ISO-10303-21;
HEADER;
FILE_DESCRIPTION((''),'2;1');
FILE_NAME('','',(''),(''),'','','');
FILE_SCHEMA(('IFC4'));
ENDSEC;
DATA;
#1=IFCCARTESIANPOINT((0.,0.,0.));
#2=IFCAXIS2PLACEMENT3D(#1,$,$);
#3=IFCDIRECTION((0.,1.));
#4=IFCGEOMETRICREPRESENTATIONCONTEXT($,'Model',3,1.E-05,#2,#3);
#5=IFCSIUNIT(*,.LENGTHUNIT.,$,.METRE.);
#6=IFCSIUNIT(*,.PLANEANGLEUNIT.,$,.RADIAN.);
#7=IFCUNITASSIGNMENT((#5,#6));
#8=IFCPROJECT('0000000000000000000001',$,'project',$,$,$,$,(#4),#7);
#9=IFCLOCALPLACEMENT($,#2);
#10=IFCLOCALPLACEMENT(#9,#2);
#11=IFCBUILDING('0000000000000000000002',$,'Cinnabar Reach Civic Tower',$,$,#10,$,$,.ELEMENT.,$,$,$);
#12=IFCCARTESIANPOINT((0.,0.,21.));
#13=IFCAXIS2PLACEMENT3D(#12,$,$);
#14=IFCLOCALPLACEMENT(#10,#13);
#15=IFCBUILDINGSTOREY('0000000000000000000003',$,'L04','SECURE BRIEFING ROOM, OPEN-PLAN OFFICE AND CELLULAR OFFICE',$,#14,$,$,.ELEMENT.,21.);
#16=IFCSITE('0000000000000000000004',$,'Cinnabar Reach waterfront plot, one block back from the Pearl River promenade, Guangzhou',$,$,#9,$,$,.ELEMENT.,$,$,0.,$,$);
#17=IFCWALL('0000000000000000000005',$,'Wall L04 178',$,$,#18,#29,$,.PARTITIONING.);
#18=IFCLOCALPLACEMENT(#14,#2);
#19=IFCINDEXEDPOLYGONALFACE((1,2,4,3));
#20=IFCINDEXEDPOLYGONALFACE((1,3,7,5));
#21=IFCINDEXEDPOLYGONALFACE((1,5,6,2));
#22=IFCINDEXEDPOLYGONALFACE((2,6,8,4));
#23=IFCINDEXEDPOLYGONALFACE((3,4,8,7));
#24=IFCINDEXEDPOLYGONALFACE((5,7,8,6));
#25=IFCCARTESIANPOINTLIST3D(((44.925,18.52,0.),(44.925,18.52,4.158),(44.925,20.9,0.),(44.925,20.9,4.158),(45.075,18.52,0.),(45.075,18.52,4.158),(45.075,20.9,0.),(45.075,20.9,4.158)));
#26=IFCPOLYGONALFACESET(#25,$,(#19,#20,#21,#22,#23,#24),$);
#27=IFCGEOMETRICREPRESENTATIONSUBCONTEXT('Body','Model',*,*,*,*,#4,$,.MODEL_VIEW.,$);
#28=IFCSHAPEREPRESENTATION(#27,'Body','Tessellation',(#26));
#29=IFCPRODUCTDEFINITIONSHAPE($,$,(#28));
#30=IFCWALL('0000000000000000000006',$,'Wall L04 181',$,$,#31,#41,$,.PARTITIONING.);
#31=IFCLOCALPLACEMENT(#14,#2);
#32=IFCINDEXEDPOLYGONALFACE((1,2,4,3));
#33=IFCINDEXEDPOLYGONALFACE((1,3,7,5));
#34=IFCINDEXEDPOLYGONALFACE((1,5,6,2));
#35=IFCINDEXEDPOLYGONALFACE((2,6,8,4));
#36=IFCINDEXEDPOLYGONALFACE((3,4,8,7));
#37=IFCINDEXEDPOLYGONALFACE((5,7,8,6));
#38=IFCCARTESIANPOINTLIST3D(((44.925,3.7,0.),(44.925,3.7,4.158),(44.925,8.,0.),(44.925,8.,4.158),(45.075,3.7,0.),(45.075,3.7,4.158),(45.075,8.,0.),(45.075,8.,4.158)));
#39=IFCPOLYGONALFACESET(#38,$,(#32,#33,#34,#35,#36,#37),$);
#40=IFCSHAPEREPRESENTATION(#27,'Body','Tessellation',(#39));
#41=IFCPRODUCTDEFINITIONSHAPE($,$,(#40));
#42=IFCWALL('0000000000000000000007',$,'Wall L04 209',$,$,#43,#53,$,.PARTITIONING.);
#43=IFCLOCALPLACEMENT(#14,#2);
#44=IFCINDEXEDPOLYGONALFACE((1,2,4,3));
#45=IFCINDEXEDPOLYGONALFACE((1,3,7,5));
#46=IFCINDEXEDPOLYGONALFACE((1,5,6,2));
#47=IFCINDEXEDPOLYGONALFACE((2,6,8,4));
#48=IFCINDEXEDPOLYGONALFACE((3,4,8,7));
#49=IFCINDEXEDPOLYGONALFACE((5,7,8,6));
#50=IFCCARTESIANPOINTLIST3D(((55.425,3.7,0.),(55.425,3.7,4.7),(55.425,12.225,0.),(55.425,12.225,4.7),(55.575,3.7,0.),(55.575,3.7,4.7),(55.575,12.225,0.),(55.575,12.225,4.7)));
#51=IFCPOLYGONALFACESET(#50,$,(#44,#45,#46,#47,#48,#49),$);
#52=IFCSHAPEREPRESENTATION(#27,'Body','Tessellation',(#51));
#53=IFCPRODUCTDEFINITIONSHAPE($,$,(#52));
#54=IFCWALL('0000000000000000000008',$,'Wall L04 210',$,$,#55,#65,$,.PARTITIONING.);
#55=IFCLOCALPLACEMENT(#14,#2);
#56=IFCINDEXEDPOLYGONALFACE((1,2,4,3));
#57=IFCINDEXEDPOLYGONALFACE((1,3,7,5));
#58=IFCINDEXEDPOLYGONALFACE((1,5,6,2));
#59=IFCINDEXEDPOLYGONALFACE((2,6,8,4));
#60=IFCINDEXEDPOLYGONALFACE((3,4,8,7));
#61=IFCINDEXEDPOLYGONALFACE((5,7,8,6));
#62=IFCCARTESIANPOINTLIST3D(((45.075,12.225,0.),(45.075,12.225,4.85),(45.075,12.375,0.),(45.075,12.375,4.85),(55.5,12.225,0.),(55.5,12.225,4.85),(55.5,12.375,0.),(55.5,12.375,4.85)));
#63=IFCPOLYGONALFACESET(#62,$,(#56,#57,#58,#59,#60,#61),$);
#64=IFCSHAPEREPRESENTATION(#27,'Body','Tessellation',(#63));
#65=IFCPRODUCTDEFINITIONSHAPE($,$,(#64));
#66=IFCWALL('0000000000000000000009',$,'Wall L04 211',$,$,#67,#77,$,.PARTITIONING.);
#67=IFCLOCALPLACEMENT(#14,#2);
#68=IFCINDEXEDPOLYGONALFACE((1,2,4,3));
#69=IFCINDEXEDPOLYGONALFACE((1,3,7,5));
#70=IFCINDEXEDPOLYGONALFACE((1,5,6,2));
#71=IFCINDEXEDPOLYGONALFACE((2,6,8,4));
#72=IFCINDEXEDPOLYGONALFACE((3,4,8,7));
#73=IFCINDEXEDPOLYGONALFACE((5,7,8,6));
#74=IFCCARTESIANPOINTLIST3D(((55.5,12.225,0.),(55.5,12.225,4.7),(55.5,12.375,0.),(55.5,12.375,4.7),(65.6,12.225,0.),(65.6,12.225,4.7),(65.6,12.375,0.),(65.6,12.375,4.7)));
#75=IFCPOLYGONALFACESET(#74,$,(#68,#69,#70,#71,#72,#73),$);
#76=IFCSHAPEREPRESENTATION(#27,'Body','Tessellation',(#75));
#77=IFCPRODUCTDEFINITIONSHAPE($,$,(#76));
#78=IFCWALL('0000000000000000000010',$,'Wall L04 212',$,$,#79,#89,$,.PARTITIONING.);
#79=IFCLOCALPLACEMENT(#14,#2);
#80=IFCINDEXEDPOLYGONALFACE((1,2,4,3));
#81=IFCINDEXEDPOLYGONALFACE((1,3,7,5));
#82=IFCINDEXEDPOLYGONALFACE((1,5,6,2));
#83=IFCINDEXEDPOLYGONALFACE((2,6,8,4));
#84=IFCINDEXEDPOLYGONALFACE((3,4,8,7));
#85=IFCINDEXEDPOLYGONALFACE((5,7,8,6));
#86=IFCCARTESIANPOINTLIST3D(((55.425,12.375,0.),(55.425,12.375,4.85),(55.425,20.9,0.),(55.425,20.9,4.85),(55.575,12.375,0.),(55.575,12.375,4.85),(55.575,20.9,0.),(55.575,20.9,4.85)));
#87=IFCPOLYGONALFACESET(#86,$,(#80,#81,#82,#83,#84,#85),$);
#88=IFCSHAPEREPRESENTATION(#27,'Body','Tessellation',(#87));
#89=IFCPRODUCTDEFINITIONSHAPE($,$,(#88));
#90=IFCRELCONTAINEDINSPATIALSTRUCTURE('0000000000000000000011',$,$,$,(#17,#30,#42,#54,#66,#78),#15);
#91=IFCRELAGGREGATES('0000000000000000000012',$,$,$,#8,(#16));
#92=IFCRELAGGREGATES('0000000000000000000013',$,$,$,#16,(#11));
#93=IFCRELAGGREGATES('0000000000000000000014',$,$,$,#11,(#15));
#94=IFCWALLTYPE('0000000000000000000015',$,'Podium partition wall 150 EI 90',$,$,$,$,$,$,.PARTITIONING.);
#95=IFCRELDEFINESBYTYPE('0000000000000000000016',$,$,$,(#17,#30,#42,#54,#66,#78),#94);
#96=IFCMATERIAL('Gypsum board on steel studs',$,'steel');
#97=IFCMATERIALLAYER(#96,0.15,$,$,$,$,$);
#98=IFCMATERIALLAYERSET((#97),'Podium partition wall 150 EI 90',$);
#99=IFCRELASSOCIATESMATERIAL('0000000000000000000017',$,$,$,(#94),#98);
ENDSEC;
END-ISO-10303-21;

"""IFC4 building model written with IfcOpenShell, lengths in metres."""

from ifc_helpers import new_model, si_unit, direction, frame, frame_2d, origin, place, context, subcontext, project, spatial, rectangle, extrude, material, layer, layer_set, type_object, element, save


model = new_model("IFC4")

# Units and contexts
model_context = context("Model", 3, precision=1e-05, world=origin(), true_north=direction((0.0, 1.0)))
body_context = subcontext(model_context, "Body", "Model", "MODEL_VIEW")
ifc_project = project(units=[si_unit("LENGTHUNIT", "METRE"), si_unit("PLANEANGLEUNIT", "RADIAN")], contexts=[model_context])

# Site, building, storey
site_placement = place(None, origin())
site = spatial("IfcSite", under=ifc_project, at=site_placement, Name="Cinnabar Reach waterfront plot, one block back from the Pearl River promenade, Guangzhou", CompositionType="ELEMENT", RefElevation=0.0)
building_placement = place(site_placement, origin())
building = spatial("IfcBuilding", under=site, at=building_placement, Name="Cinnabar Reach Civic Tower", CompositionType="ELEMENT")
storey_placement = place(building_placement, frame((0.0, 0.0, 21.0)))
storey = spatial("IfcBuildingStorey", under=building, at=storey_placement, Name="L04", Description="SECURE BRIEFING ROOM, OPEN-PLAN OFFICE AND CELLULAR OFFICE", CompositionType="ELEMENT", Elevation=21.0)

# Walls
ifc_material_1 = material(Name="Gypsum board on steel studs", Category="steel")
ifc_layer_1 = layer(ifc_material_1, 0.15)
ifc_layer_set_1 = layer_set([ifc_layer_1], Name="Podium partition wall 150 EI 90")
wall_type_1 = type_object("IfcWallType", Name="Podium partition wall 150 EI 90", PredefinedType="PARTITIONING", material=ifc_layer_set_1)
wall_1_placement = place(storey_placement, frame((45.0, 18.52, 0.0), z_axis=(0.0, 0.0, 1.0), x_axis=(0.0, 1.0, 0.0)))
element("IfcWall", 1, at=wall_1_placement, inside=storey, type_object=wall_type_1, Name="Wall L04 178", PredefinedType="PARTITIONING", context=body_context, shape_type="SweptSolid", body=[
    extrude(rectangle(XDim=2.38, YDim=0.15, at=frame_2d((1.19, 0.0))), origin(), (0.0, 0.0, 1.0), 4.158),
])
wall_2_placement = place(storey_placement, frame((45.0, 3.7, 0.0), z_axis=(0.0, 0.0, 1.0), x_axis=(0.0, 1.0, 0.0)))
element("IfcWall", 2, at=wall_2_placement, inside=storey, type_object=wall_type_1, Name="Wall L04 181", PredefinedType="PARTITIONING", context=body_context, shape_type="SweptSolid", body=[
    extrude(rectangle(XDim=4.3, YDim=0.15, at=frame_2d((2.15, 0.0))), origin(), (0.0, 0.0, 1.0), 4.158),
])
wall_3_placement = place(storey_placement, frame((55.5, 3.7, 0.0), z_axis=(0.0, 0.0, 1.0), x_axis=(0.0, 1.0, 0.0)))
element("IfcWall", 3, at=wall_3_placement, inside=storey, type_object=wall_type_1, Name="Wall L04 209", PredefinedType="PARTITIONING", context=body_context, shape_type="SweptSolid", body=[
    extrude(rectangle(XDim=8.525, YDim=0.15, at=frame_2d((4.2625, 0.0))), origin(), (0.0, 0.0, 1.0), 4.7),
])
wall_4_placement = place(storey_placement, frame((45.075, 12.3, 0.0), z_axis=(0.0, 0.0, 1.0), x_axis=(1.0, 0.0, 0.0)))
element("IfcWall", 4, at=wall_4_placement, inside=storey, type_object=wall_type_1, Name="Wall L04 210", PredefinedType="PARTITIONING", context=body_context, shape_type="SweptSolid", body=[
    extrude(rectangle(XDim=10.425, YDim=0.15, at=frame_2d((5.2125, 0.0))), origin(), (0.0, 0.0, 1.0), 4.85),
])
wall_5_placement = place(storey_placement, frame((55.5, 12.3, 0.0), z_axis=(0.0, 0.0, 1.0), x_axis=(1.0, 0.0, 0.0)))
element("IfcWall", 5, at=wall_5_placement, inside=storey, type_object=wall_type_1, Name="Wall L04 211", PredefinedType="PARTITIONING", context=body_context, shape_type="SweptSolid", body=[
    extrude(rectangle(XDim=10.1, YDim=0.15, at=frame_2d((5.05, 0.0))), origin(), (0.0, 0.0, 1.0), 4.7),
])
wall_6_placement = place(storey_placement, frame((55.5, 12.375, 0.0), z_axis=(0.0, 0.0, 1.0), x_axis=(0.0, 1.0, 0.0)))
element("IfcWall", 6, at=wall_6_placement, inside=storey, type_object=wall_type_1, Name="Wall L04 212", PredefinedType="PARTITIONING", context=body_context, shape_type="SweptSolid", body=[
    extrude(rectangle(XDim=8.525, YDim=0.15, at=frame_2d((4.2625, 0.0))), origin(), (0.0, 0.0, 1.0), 4.85),
])

save(model, "model.ifc")
